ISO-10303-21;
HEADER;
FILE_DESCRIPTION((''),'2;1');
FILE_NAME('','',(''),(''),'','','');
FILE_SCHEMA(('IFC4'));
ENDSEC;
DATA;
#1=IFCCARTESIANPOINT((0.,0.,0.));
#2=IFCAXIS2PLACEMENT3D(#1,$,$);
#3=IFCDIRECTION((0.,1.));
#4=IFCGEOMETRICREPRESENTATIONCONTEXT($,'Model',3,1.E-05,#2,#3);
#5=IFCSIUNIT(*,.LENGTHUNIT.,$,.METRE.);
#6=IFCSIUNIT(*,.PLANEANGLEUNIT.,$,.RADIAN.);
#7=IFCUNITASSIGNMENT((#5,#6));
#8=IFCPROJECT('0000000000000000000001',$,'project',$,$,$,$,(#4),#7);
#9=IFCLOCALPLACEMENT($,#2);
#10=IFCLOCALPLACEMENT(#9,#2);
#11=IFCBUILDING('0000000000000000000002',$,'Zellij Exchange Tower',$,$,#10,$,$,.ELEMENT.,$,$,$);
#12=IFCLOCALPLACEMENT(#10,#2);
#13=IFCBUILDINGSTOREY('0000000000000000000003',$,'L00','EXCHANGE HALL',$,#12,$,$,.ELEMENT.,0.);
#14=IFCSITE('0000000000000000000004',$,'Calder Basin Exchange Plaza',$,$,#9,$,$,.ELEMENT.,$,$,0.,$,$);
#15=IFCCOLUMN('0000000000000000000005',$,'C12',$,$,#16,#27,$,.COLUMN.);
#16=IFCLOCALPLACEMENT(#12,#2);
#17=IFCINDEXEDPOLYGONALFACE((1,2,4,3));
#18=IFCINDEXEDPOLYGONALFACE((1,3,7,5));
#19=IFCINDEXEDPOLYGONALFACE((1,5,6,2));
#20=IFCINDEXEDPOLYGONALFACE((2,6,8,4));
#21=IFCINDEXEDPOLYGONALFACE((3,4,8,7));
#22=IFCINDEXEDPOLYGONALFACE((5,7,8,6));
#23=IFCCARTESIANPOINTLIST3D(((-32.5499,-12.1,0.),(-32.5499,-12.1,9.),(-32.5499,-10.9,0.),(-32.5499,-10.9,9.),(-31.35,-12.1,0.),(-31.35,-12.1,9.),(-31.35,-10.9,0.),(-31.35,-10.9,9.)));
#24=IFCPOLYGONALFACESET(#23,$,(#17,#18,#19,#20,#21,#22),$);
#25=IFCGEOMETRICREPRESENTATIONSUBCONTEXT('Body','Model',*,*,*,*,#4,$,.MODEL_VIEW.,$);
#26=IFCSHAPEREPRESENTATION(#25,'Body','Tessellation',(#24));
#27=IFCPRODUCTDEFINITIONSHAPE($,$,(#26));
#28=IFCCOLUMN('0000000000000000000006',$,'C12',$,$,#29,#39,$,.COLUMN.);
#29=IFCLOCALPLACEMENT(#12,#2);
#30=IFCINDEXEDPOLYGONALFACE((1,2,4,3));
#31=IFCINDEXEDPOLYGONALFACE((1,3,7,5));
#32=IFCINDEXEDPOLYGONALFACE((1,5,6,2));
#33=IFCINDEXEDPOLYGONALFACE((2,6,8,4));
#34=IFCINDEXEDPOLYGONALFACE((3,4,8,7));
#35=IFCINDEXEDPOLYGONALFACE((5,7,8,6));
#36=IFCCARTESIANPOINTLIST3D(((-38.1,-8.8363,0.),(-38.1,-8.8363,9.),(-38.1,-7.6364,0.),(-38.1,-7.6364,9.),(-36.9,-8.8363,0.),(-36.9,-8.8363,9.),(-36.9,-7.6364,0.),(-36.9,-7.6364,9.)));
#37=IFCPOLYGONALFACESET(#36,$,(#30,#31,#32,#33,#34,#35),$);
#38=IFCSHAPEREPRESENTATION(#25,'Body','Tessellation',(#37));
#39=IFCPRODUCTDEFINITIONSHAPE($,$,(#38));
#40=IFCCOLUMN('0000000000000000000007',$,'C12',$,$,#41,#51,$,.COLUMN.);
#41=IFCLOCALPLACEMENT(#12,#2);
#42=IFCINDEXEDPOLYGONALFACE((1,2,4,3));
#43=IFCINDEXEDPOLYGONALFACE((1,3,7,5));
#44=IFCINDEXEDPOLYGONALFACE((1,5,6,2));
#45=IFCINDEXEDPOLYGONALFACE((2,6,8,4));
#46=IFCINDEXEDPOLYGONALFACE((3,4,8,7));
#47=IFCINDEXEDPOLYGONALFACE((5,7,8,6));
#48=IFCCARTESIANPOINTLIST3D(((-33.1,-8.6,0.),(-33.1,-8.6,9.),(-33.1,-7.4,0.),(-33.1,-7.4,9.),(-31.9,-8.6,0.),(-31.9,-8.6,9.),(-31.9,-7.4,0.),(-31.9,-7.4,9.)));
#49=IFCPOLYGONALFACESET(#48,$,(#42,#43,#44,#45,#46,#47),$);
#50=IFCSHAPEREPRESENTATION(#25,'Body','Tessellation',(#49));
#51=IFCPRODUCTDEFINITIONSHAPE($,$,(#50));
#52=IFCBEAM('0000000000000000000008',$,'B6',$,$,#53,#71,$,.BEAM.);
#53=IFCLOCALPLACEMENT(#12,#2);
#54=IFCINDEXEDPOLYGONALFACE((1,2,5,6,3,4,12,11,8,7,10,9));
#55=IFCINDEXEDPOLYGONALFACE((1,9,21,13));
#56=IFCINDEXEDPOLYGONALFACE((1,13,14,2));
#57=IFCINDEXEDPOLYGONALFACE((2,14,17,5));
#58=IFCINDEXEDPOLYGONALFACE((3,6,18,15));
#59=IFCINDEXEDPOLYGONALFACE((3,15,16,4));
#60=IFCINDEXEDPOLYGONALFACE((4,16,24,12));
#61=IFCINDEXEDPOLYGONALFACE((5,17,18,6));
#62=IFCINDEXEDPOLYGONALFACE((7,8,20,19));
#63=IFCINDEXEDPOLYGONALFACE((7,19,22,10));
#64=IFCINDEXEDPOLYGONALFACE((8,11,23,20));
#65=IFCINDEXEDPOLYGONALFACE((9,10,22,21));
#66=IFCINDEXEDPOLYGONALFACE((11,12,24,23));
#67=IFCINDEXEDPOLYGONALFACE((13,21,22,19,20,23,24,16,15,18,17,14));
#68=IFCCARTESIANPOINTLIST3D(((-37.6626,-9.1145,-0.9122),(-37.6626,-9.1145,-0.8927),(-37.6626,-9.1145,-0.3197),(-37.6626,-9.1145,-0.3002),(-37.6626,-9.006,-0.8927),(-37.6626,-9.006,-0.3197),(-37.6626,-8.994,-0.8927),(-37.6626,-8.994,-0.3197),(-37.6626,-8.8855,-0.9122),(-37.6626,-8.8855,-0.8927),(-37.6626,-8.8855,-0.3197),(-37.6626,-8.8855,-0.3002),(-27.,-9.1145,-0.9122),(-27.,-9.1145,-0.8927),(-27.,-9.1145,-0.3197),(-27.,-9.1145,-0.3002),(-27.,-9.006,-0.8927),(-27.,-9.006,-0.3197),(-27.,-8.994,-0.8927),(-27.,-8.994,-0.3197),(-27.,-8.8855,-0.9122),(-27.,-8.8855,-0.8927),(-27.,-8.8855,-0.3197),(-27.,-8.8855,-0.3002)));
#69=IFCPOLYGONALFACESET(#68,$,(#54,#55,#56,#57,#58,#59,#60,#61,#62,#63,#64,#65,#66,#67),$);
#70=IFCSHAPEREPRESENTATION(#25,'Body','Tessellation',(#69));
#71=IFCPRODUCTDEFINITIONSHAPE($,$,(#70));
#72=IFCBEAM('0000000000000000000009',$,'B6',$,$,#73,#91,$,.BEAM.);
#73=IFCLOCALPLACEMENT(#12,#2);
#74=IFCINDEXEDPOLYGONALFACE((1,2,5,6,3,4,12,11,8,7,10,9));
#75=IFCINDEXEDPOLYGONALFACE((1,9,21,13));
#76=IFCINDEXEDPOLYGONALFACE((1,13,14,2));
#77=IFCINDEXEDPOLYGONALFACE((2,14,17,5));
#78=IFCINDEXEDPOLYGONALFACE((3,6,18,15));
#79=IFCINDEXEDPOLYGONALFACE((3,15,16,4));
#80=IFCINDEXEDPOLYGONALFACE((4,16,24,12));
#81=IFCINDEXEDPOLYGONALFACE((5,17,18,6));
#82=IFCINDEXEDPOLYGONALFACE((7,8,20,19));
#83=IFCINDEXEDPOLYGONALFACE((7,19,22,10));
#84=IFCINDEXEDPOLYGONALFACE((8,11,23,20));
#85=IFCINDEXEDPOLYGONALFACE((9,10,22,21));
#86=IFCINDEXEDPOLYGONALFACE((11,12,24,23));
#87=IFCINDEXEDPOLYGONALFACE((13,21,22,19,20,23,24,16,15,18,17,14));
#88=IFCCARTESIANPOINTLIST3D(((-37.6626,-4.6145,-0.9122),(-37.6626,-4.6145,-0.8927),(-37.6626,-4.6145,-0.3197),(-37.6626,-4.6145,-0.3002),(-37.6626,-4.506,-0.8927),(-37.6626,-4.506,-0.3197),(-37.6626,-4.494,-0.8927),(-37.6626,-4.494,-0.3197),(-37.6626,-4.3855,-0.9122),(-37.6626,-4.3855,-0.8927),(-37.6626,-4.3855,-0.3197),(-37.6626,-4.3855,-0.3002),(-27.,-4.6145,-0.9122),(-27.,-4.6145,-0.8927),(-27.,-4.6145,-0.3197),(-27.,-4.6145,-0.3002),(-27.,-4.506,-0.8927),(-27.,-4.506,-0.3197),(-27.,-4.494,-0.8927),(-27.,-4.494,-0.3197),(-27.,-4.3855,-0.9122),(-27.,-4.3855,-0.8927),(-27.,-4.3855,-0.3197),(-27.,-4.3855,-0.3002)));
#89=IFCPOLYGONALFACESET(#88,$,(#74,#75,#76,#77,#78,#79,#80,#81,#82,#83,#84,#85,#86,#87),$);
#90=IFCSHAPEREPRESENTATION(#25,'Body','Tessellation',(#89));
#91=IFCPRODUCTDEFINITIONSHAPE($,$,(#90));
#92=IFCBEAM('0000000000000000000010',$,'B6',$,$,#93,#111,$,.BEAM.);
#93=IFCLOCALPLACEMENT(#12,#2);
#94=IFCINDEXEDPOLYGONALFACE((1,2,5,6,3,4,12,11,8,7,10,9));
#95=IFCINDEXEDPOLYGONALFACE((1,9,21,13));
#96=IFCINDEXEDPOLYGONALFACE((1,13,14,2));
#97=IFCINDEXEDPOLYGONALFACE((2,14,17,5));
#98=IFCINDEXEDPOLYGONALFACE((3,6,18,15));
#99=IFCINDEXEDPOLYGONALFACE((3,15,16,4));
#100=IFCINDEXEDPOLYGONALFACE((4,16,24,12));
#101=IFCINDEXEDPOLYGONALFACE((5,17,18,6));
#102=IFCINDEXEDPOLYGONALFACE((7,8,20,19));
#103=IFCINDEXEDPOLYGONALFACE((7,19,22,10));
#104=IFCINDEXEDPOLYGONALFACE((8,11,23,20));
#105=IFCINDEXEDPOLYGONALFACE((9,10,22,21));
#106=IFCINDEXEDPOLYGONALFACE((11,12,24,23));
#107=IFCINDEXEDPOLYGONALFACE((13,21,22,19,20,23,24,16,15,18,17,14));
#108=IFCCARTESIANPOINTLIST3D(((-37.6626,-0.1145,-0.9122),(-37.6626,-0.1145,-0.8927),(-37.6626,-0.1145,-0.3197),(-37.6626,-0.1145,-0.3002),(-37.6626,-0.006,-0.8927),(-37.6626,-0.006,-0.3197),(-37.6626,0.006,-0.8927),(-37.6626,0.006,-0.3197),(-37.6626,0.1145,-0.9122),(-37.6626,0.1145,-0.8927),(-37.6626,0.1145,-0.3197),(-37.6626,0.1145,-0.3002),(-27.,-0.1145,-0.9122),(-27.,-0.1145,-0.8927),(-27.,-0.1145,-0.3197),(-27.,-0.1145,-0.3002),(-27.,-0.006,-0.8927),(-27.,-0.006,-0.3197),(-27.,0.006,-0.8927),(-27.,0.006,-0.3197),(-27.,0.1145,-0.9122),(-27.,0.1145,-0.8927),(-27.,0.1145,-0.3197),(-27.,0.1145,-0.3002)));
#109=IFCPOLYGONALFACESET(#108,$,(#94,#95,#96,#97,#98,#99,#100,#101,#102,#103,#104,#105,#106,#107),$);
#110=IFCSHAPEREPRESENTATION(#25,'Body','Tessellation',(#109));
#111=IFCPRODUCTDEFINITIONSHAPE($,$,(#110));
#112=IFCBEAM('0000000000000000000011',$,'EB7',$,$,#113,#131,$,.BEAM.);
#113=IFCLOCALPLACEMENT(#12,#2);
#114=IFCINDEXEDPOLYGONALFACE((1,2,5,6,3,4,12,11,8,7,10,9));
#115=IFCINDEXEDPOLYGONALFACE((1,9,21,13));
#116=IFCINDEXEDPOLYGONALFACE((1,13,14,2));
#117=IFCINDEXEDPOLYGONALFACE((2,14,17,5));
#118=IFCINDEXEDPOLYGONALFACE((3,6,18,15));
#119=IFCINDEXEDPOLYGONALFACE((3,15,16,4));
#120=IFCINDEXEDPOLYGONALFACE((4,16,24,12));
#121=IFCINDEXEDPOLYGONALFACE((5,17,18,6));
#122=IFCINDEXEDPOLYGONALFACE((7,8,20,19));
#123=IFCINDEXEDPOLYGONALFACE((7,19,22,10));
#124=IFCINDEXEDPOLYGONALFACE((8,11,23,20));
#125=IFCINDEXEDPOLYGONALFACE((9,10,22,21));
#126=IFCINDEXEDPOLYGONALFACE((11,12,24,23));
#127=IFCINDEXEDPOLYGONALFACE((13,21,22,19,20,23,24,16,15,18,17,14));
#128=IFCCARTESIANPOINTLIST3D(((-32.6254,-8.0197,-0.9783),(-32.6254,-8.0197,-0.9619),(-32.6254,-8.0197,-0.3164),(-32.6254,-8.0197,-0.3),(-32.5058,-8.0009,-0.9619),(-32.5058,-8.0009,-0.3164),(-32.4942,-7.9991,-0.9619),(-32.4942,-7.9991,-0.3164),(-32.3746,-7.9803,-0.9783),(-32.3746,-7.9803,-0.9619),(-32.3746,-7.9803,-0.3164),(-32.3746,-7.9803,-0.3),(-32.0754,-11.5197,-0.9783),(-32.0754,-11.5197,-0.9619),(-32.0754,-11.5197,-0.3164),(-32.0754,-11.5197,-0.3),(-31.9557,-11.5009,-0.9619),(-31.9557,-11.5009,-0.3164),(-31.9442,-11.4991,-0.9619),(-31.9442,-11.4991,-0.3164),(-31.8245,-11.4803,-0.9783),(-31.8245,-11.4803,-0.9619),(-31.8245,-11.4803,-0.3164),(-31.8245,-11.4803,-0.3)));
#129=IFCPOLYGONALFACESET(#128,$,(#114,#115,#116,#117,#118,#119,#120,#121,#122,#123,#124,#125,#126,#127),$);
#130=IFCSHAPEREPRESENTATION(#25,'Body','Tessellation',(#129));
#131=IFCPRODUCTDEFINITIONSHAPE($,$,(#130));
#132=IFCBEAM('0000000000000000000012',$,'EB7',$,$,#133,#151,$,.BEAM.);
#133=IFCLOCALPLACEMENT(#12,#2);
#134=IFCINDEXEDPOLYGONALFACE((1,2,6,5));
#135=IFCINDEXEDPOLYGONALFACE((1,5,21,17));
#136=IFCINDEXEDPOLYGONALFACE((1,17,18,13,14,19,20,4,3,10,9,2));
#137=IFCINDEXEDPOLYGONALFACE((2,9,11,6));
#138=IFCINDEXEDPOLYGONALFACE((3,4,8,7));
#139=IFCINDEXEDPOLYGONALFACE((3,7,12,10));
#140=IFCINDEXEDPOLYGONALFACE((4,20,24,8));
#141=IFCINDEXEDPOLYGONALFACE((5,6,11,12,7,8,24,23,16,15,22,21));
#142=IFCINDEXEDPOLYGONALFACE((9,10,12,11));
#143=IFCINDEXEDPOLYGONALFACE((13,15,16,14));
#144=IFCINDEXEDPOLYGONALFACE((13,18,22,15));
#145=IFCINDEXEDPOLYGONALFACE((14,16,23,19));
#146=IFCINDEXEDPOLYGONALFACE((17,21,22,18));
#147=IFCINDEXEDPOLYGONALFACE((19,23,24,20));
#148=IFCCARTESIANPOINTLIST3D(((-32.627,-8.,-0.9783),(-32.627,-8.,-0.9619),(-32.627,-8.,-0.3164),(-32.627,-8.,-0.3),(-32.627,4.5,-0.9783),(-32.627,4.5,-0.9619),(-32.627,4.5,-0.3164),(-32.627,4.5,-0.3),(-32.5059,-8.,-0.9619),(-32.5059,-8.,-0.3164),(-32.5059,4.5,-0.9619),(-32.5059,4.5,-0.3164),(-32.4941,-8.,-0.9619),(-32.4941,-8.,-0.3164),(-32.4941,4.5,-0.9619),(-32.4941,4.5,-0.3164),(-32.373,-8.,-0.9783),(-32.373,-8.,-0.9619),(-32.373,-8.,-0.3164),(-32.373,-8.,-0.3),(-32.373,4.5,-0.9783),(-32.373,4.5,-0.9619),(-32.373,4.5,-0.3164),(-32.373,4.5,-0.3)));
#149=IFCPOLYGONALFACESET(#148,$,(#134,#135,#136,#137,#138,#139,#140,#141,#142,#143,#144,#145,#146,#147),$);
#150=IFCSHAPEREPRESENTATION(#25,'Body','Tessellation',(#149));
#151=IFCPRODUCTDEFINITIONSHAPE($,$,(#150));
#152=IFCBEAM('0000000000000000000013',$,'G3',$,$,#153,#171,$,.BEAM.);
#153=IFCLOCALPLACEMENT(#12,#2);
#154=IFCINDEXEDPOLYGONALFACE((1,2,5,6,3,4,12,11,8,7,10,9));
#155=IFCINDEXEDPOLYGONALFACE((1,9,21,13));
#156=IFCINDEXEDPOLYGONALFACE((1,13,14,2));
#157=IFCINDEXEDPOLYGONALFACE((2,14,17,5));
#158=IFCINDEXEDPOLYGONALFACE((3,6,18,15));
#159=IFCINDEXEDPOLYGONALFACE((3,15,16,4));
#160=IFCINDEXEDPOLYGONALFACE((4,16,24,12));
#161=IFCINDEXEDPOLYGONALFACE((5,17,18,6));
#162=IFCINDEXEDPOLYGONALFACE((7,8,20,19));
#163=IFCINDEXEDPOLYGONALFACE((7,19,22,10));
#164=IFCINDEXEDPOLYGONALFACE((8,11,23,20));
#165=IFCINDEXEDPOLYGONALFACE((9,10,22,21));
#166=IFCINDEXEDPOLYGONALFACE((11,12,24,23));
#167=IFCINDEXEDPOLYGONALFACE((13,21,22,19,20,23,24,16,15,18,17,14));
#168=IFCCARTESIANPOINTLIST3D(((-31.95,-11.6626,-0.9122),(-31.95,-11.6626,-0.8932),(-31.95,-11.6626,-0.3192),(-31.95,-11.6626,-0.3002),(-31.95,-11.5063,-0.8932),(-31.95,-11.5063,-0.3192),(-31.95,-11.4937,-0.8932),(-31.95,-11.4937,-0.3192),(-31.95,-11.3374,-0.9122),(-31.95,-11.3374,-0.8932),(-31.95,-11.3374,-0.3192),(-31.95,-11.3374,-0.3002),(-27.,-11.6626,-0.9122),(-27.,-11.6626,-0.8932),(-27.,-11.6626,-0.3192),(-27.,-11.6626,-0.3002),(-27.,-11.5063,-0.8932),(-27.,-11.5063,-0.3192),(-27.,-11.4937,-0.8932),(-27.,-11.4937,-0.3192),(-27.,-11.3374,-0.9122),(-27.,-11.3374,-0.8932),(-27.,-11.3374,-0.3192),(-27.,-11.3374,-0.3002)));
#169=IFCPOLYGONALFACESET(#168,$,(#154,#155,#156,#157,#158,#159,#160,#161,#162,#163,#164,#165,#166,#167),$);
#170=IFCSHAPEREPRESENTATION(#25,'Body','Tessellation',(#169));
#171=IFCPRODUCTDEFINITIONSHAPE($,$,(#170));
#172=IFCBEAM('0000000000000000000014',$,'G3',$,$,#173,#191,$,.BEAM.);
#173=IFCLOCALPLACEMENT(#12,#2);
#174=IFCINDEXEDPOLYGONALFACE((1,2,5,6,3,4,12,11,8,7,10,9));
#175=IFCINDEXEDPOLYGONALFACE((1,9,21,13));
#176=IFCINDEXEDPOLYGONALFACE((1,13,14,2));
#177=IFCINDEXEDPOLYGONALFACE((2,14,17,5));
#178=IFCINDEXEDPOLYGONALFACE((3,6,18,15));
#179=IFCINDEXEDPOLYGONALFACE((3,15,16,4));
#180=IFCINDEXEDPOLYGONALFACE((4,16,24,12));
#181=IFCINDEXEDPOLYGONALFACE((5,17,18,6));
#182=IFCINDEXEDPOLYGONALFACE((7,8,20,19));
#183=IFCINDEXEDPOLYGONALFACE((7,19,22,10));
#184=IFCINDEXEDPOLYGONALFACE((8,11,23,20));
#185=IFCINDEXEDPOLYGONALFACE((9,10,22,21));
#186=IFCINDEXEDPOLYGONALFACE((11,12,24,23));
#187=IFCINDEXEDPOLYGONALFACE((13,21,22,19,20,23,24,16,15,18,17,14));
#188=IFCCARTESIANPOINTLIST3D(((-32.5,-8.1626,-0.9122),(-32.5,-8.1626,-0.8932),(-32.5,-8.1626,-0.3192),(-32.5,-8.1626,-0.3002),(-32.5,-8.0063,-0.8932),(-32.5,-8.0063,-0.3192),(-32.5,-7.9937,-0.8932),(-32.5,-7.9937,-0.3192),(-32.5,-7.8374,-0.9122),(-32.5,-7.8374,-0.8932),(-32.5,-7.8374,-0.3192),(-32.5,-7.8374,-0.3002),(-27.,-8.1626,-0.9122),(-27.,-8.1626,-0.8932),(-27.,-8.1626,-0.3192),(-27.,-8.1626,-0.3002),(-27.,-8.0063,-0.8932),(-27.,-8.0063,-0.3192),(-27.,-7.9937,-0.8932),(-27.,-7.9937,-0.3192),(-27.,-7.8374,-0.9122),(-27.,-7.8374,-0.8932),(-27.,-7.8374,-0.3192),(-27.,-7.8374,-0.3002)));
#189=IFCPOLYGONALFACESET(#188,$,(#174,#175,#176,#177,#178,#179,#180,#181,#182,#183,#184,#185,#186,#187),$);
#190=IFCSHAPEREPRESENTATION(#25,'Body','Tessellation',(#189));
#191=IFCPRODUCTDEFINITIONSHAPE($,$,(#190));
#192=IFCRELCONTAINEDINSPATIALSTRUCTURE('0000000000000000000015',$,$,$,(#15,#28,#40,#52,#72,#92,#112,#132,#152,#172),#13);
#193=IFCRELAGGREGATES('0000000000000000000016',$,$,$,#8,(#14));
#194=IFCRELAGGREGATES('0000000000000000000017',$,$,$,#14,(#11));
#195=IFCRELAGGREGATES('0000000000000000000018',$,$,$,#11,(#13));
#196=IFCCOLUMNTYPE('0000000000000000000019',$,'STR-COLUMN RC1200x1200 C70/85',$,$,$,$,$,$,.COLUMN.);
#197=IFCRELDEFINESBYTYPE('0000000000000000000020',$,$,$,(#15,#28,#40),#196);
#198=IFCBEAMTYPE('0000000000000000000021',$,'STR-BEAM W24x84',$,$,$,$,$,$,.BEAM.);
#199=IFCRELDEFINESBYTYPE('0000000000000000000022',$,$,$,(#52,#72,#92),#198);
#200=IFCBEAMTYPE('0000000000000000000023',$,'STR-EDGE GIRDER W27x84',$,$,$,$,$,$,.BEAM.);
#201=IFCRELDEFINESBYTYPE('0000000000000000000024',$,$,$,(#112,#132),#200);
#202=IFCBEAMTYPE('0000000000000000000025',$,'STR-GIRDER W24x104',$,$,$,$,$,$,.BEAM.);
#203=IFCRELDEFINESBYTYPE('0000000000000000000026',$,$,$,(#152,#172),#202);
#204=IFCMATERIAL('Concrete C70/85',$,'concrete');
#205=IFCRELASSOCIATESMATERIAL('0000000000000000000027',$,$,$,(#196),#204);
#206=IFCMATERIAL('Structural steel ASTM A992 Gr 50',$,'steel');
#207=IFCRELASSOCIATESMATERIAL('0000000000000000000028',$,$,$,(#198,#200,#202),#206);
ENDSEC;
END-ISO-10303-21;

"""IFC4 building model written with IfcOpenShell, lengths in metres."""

from ifc_helpers import new_model, si_unit, direction, frame, origin, origin_2d, place, context, subcontext, project, spatial, rectangle, i_section, extrude, material, material_profile, profile_set, type_object, element, save


model = new_model("IFC4")

# Units and contexts
model_context = context("Model", 3, precision=1e-05, world=origin(), true_north=direction((0.0, 1.0)))
body_context = subcontext(model_context, "Body", "Model", "MODEL_VIEW")
ifc_project = project(units=[si_unit("LENGTHUNIT", "METRE"), si_unit("PLANEANGLEUNIT", "RADIAN")], contexts=[model_context])

# Site, building, storey
site_placement = place(None, origin())
site = spatial("IfcSite", under=ifc_project, at=site_placement, Name="Calder Basin Exchange Plaza", CompositionType="ELEMENT", RefElevation=0.0)
building_placement = place(site_placement, origin())
building = spatial("IfcBuilding", under=site, at=building_placement, Name="Zellij Exchange Tower", CompositionType="ELEMENT")
storey_placement = place(building_placement, origin())
storey = spatial("IfcBuildingStorey", under=building, at=storey_placement, Name="L00", Description="EXCHANGE HALL", CompositionType="ELEMENT", Elevation=0.0)

# Columns
ifc_material_1 = material(Name="Concrete C70/85", Category="concrete")
ifc_material_profile_1 = material_profile(ifc_material_1, rectangle(XDim=1.2, YDim=1.2, at=origin_2d()), Name="STR-COLUMN RC1200x1200 C70/85")
ifc_profile_set_1 = profile_set([ifc_material_profile_1], Name="Concrete C70/85")
column_type = type_object("IfcColumnType", Name="STR-COLUMN RC1200x1200 C70/85", PredefinedType="COLUMN", material=ifc_profile_set_1)
for number, where, z_axis, x_axis, name in (
    (1, (-31.95, -11.5, 0.0), (0.0, 0.0, 1.0), (1.0, 0.0, 0.0), "C12"),
    (2, (-37.5, -8.2363, 0.0), (0.0, 0.0, 1.0), (1.0, 0.0, 0.0), "C12"),
    (3, (-32.5, -8.0, 0.0), (0.0, 0.0, 1.0), (1.0, 0.0, 0.0), "C12"),
):
    element("IfcColumn", number, at=place(storey_placement, frame(where, z_axis=z_axis, x_axis=x_axis)), inside=storey, type_object=column_type, Name=name, PredefinedType="COLUMN", context=body_context, shape_type="SweptSolid", body=[
        extrude(rectangle(XDim=1.2, YDim=1.2, at=origin_2d()), origin(), (0.0, 0.0, 1.0), 9.0),
    ])

# Beams
ifc_material_2 = material(Name="Structural steel ASTM A992 Gr 50", Category="steel")
ifc_material_profile_2 = material_profile(ifc_material_2, i_section(OverallWidth=0.229, OverallDepth=0.6121, WebThickness=0.012, FlangeThickness=0.0195, at=origin_2d()), Name="W24x84")
ifc_profile_set_2 = profile_set([ifc_material_profile_2], Name="Structural steel ASTM A992 Gr 50")
beam_type_1 = type_object("IfcBeamType", Name="STR-BEAM W24x84", PredefinedType="BEAM", material=ifc_profile_set_2)
for number, where, z_axis, x_axis, name in (
    (4, (-37.6626, -9.0, -0.6062), (1.0, 0.0, 0.0), (0.0, 1.0, 0.0), "B6"),
    (5, (-37.6626, -4.5, -0.6062), (1.0, 0.0, 0.0), (0.0, 1.0, 0.0), "B6"),
    (6, (-37.6626, 0.0, -0.6062), (1.0, 0.0, 0.0), (0.0, 1.0, 0.0), "B6"),
):
    element("IfcBeam", number, at=place(storey_placement, frame(where, z_axis=z_axis, x_axis=x_axis)), inside=storey, type_object=beam_type_1, Name=name, PredefinedType="BEAM", context=body_context, shape_type="SweptSolid", body=[
        extrude(i_section(OverallWidth=0.229, OverallDepth=0.6121, WebThickness=0.012, FlangeThickness=0.0195, at=origin_2d()), origin(), (0.0, 0.0, 1.0), 10.6626),
    ])
ifc_material_profile_3 = material_profile(ifc_material_2, i_section(OverallWidth=0.2539, OverallDepth=0.6782, WebThickness=0.0117, FlangeThickness=0.0164, at=origin_2d()), Name="W27x84")
ifc_profile_set_3 = profile_set([ifc_material_profile_3], Name="Structural steel ASTM A992 Gr 50")
beam_type_2 = type_object("IfcBeamType", Name="STR-EDGE GIRDER W27x84", PredefinedType="BEAM", material=ifc_profile_set_3)
beam_1_placement = place(storey_placement, frame((-31.95, -11.5, -0.6392), z_axis=(-0.155251, 0.987875, 0.0), x_axis=(-0.987875, -0.155251, 0.0)))
element("IfcBeam", 7, at=beam_1_placement, inside=storey, type_object=beam_type_2, Name="EB7", PredefinedType="BEAM", context=body_context, shape_type="SweptSolid", body=[
    extrude(i_section(OverallWidth=0.2539, OverallDepth=0.6782, WebThickness=0.0117, FlangeThickness=0.0164, at=origin_2d()), origin(), (0.0, 0.0, 1.0), 3.543),
])
beam_2_placement = place(storey_placement, frame((-32.5, -8.0, -0.6392), z_axis=(0.0, 1.0, 0.0), x_axis=(-1.0, 0.0, 0.0)))
element("IfcBeam", 8, at=beam_2_placement, inside=storey, type_object=beam_type_2, Name="EB7", PredefinedType="BEAM", context=body_context, shape_type="SweptSolid", body=[
    extrude(i_section(OverallWidth=0.2539, OverallDepth=0.6782, WebThickness=0.0117, FlangeThickness=0.0164, at=origin_2d()), origin(), (0.0, 0.0, 1.0), 12.5),
])
ifc_material_profile_4 = material_profile(ifc_material_2, i_section(OverallWidth=0.3252, OverallDepth=0.6121, WebThickness=0.0127, FlangeThickness=0.019, at=origin_2d()), Name="W24x104")
ifc_profile_set_4 = profile_set([ifc_material_profile_4], Name="Structural steel ASTM A992 Gr 50")
beam_type_3 = type_object("IfcBeamType", Name="STR-GIRDER W24x104", PredefinedType="BEAM", material=ifc_profile_set_4)
beam_3_placement = place(storey_placement, frame((-31.95, -11.5, -0.6062), z_axis=(1.0, 0.0, 0.0), x_axis=(0.0, 1.0, 0.0)))
element("IfcBeam", 9, at=beam_3_placement, inside=storey, type_object=beam_type_3, Name="G3", PredefinedType="BEAM", context=body_context, shape_type="SweptSolid", body=[
    extrude(i_section(OverallWidth=0.3252, OverallDepth=0.6121, WebThickness=0.0127, FlangeThickness=0.019, at=origin_2d()), origin(), (0.0, 0.0, 1.0), 4.95),
])
beam_4_placement = place(storey_placement, frame((-32.5, -8.0, -0.6062), z_axis=(1.0, 0.0, 0.0), x_axis=(0.0, 1.0, 0.0)))
element("IfcBeam", 10, at=beam_4_placement, inside=storey, type_object=beam_type_3, Name="G3", PredefinedType="BEAM", context=body_context, shape_type="SweptSolid", body=[
    extrude(i_section(OverallWidth=0.3252, OverallDepth=0.6121, WebThickness=0.0127, FlangeThickness=0.019, at=origin_2d()), origin(), (0.0, 0.0, 1.0), 5.5),
])

save(model, "model.ifc")
